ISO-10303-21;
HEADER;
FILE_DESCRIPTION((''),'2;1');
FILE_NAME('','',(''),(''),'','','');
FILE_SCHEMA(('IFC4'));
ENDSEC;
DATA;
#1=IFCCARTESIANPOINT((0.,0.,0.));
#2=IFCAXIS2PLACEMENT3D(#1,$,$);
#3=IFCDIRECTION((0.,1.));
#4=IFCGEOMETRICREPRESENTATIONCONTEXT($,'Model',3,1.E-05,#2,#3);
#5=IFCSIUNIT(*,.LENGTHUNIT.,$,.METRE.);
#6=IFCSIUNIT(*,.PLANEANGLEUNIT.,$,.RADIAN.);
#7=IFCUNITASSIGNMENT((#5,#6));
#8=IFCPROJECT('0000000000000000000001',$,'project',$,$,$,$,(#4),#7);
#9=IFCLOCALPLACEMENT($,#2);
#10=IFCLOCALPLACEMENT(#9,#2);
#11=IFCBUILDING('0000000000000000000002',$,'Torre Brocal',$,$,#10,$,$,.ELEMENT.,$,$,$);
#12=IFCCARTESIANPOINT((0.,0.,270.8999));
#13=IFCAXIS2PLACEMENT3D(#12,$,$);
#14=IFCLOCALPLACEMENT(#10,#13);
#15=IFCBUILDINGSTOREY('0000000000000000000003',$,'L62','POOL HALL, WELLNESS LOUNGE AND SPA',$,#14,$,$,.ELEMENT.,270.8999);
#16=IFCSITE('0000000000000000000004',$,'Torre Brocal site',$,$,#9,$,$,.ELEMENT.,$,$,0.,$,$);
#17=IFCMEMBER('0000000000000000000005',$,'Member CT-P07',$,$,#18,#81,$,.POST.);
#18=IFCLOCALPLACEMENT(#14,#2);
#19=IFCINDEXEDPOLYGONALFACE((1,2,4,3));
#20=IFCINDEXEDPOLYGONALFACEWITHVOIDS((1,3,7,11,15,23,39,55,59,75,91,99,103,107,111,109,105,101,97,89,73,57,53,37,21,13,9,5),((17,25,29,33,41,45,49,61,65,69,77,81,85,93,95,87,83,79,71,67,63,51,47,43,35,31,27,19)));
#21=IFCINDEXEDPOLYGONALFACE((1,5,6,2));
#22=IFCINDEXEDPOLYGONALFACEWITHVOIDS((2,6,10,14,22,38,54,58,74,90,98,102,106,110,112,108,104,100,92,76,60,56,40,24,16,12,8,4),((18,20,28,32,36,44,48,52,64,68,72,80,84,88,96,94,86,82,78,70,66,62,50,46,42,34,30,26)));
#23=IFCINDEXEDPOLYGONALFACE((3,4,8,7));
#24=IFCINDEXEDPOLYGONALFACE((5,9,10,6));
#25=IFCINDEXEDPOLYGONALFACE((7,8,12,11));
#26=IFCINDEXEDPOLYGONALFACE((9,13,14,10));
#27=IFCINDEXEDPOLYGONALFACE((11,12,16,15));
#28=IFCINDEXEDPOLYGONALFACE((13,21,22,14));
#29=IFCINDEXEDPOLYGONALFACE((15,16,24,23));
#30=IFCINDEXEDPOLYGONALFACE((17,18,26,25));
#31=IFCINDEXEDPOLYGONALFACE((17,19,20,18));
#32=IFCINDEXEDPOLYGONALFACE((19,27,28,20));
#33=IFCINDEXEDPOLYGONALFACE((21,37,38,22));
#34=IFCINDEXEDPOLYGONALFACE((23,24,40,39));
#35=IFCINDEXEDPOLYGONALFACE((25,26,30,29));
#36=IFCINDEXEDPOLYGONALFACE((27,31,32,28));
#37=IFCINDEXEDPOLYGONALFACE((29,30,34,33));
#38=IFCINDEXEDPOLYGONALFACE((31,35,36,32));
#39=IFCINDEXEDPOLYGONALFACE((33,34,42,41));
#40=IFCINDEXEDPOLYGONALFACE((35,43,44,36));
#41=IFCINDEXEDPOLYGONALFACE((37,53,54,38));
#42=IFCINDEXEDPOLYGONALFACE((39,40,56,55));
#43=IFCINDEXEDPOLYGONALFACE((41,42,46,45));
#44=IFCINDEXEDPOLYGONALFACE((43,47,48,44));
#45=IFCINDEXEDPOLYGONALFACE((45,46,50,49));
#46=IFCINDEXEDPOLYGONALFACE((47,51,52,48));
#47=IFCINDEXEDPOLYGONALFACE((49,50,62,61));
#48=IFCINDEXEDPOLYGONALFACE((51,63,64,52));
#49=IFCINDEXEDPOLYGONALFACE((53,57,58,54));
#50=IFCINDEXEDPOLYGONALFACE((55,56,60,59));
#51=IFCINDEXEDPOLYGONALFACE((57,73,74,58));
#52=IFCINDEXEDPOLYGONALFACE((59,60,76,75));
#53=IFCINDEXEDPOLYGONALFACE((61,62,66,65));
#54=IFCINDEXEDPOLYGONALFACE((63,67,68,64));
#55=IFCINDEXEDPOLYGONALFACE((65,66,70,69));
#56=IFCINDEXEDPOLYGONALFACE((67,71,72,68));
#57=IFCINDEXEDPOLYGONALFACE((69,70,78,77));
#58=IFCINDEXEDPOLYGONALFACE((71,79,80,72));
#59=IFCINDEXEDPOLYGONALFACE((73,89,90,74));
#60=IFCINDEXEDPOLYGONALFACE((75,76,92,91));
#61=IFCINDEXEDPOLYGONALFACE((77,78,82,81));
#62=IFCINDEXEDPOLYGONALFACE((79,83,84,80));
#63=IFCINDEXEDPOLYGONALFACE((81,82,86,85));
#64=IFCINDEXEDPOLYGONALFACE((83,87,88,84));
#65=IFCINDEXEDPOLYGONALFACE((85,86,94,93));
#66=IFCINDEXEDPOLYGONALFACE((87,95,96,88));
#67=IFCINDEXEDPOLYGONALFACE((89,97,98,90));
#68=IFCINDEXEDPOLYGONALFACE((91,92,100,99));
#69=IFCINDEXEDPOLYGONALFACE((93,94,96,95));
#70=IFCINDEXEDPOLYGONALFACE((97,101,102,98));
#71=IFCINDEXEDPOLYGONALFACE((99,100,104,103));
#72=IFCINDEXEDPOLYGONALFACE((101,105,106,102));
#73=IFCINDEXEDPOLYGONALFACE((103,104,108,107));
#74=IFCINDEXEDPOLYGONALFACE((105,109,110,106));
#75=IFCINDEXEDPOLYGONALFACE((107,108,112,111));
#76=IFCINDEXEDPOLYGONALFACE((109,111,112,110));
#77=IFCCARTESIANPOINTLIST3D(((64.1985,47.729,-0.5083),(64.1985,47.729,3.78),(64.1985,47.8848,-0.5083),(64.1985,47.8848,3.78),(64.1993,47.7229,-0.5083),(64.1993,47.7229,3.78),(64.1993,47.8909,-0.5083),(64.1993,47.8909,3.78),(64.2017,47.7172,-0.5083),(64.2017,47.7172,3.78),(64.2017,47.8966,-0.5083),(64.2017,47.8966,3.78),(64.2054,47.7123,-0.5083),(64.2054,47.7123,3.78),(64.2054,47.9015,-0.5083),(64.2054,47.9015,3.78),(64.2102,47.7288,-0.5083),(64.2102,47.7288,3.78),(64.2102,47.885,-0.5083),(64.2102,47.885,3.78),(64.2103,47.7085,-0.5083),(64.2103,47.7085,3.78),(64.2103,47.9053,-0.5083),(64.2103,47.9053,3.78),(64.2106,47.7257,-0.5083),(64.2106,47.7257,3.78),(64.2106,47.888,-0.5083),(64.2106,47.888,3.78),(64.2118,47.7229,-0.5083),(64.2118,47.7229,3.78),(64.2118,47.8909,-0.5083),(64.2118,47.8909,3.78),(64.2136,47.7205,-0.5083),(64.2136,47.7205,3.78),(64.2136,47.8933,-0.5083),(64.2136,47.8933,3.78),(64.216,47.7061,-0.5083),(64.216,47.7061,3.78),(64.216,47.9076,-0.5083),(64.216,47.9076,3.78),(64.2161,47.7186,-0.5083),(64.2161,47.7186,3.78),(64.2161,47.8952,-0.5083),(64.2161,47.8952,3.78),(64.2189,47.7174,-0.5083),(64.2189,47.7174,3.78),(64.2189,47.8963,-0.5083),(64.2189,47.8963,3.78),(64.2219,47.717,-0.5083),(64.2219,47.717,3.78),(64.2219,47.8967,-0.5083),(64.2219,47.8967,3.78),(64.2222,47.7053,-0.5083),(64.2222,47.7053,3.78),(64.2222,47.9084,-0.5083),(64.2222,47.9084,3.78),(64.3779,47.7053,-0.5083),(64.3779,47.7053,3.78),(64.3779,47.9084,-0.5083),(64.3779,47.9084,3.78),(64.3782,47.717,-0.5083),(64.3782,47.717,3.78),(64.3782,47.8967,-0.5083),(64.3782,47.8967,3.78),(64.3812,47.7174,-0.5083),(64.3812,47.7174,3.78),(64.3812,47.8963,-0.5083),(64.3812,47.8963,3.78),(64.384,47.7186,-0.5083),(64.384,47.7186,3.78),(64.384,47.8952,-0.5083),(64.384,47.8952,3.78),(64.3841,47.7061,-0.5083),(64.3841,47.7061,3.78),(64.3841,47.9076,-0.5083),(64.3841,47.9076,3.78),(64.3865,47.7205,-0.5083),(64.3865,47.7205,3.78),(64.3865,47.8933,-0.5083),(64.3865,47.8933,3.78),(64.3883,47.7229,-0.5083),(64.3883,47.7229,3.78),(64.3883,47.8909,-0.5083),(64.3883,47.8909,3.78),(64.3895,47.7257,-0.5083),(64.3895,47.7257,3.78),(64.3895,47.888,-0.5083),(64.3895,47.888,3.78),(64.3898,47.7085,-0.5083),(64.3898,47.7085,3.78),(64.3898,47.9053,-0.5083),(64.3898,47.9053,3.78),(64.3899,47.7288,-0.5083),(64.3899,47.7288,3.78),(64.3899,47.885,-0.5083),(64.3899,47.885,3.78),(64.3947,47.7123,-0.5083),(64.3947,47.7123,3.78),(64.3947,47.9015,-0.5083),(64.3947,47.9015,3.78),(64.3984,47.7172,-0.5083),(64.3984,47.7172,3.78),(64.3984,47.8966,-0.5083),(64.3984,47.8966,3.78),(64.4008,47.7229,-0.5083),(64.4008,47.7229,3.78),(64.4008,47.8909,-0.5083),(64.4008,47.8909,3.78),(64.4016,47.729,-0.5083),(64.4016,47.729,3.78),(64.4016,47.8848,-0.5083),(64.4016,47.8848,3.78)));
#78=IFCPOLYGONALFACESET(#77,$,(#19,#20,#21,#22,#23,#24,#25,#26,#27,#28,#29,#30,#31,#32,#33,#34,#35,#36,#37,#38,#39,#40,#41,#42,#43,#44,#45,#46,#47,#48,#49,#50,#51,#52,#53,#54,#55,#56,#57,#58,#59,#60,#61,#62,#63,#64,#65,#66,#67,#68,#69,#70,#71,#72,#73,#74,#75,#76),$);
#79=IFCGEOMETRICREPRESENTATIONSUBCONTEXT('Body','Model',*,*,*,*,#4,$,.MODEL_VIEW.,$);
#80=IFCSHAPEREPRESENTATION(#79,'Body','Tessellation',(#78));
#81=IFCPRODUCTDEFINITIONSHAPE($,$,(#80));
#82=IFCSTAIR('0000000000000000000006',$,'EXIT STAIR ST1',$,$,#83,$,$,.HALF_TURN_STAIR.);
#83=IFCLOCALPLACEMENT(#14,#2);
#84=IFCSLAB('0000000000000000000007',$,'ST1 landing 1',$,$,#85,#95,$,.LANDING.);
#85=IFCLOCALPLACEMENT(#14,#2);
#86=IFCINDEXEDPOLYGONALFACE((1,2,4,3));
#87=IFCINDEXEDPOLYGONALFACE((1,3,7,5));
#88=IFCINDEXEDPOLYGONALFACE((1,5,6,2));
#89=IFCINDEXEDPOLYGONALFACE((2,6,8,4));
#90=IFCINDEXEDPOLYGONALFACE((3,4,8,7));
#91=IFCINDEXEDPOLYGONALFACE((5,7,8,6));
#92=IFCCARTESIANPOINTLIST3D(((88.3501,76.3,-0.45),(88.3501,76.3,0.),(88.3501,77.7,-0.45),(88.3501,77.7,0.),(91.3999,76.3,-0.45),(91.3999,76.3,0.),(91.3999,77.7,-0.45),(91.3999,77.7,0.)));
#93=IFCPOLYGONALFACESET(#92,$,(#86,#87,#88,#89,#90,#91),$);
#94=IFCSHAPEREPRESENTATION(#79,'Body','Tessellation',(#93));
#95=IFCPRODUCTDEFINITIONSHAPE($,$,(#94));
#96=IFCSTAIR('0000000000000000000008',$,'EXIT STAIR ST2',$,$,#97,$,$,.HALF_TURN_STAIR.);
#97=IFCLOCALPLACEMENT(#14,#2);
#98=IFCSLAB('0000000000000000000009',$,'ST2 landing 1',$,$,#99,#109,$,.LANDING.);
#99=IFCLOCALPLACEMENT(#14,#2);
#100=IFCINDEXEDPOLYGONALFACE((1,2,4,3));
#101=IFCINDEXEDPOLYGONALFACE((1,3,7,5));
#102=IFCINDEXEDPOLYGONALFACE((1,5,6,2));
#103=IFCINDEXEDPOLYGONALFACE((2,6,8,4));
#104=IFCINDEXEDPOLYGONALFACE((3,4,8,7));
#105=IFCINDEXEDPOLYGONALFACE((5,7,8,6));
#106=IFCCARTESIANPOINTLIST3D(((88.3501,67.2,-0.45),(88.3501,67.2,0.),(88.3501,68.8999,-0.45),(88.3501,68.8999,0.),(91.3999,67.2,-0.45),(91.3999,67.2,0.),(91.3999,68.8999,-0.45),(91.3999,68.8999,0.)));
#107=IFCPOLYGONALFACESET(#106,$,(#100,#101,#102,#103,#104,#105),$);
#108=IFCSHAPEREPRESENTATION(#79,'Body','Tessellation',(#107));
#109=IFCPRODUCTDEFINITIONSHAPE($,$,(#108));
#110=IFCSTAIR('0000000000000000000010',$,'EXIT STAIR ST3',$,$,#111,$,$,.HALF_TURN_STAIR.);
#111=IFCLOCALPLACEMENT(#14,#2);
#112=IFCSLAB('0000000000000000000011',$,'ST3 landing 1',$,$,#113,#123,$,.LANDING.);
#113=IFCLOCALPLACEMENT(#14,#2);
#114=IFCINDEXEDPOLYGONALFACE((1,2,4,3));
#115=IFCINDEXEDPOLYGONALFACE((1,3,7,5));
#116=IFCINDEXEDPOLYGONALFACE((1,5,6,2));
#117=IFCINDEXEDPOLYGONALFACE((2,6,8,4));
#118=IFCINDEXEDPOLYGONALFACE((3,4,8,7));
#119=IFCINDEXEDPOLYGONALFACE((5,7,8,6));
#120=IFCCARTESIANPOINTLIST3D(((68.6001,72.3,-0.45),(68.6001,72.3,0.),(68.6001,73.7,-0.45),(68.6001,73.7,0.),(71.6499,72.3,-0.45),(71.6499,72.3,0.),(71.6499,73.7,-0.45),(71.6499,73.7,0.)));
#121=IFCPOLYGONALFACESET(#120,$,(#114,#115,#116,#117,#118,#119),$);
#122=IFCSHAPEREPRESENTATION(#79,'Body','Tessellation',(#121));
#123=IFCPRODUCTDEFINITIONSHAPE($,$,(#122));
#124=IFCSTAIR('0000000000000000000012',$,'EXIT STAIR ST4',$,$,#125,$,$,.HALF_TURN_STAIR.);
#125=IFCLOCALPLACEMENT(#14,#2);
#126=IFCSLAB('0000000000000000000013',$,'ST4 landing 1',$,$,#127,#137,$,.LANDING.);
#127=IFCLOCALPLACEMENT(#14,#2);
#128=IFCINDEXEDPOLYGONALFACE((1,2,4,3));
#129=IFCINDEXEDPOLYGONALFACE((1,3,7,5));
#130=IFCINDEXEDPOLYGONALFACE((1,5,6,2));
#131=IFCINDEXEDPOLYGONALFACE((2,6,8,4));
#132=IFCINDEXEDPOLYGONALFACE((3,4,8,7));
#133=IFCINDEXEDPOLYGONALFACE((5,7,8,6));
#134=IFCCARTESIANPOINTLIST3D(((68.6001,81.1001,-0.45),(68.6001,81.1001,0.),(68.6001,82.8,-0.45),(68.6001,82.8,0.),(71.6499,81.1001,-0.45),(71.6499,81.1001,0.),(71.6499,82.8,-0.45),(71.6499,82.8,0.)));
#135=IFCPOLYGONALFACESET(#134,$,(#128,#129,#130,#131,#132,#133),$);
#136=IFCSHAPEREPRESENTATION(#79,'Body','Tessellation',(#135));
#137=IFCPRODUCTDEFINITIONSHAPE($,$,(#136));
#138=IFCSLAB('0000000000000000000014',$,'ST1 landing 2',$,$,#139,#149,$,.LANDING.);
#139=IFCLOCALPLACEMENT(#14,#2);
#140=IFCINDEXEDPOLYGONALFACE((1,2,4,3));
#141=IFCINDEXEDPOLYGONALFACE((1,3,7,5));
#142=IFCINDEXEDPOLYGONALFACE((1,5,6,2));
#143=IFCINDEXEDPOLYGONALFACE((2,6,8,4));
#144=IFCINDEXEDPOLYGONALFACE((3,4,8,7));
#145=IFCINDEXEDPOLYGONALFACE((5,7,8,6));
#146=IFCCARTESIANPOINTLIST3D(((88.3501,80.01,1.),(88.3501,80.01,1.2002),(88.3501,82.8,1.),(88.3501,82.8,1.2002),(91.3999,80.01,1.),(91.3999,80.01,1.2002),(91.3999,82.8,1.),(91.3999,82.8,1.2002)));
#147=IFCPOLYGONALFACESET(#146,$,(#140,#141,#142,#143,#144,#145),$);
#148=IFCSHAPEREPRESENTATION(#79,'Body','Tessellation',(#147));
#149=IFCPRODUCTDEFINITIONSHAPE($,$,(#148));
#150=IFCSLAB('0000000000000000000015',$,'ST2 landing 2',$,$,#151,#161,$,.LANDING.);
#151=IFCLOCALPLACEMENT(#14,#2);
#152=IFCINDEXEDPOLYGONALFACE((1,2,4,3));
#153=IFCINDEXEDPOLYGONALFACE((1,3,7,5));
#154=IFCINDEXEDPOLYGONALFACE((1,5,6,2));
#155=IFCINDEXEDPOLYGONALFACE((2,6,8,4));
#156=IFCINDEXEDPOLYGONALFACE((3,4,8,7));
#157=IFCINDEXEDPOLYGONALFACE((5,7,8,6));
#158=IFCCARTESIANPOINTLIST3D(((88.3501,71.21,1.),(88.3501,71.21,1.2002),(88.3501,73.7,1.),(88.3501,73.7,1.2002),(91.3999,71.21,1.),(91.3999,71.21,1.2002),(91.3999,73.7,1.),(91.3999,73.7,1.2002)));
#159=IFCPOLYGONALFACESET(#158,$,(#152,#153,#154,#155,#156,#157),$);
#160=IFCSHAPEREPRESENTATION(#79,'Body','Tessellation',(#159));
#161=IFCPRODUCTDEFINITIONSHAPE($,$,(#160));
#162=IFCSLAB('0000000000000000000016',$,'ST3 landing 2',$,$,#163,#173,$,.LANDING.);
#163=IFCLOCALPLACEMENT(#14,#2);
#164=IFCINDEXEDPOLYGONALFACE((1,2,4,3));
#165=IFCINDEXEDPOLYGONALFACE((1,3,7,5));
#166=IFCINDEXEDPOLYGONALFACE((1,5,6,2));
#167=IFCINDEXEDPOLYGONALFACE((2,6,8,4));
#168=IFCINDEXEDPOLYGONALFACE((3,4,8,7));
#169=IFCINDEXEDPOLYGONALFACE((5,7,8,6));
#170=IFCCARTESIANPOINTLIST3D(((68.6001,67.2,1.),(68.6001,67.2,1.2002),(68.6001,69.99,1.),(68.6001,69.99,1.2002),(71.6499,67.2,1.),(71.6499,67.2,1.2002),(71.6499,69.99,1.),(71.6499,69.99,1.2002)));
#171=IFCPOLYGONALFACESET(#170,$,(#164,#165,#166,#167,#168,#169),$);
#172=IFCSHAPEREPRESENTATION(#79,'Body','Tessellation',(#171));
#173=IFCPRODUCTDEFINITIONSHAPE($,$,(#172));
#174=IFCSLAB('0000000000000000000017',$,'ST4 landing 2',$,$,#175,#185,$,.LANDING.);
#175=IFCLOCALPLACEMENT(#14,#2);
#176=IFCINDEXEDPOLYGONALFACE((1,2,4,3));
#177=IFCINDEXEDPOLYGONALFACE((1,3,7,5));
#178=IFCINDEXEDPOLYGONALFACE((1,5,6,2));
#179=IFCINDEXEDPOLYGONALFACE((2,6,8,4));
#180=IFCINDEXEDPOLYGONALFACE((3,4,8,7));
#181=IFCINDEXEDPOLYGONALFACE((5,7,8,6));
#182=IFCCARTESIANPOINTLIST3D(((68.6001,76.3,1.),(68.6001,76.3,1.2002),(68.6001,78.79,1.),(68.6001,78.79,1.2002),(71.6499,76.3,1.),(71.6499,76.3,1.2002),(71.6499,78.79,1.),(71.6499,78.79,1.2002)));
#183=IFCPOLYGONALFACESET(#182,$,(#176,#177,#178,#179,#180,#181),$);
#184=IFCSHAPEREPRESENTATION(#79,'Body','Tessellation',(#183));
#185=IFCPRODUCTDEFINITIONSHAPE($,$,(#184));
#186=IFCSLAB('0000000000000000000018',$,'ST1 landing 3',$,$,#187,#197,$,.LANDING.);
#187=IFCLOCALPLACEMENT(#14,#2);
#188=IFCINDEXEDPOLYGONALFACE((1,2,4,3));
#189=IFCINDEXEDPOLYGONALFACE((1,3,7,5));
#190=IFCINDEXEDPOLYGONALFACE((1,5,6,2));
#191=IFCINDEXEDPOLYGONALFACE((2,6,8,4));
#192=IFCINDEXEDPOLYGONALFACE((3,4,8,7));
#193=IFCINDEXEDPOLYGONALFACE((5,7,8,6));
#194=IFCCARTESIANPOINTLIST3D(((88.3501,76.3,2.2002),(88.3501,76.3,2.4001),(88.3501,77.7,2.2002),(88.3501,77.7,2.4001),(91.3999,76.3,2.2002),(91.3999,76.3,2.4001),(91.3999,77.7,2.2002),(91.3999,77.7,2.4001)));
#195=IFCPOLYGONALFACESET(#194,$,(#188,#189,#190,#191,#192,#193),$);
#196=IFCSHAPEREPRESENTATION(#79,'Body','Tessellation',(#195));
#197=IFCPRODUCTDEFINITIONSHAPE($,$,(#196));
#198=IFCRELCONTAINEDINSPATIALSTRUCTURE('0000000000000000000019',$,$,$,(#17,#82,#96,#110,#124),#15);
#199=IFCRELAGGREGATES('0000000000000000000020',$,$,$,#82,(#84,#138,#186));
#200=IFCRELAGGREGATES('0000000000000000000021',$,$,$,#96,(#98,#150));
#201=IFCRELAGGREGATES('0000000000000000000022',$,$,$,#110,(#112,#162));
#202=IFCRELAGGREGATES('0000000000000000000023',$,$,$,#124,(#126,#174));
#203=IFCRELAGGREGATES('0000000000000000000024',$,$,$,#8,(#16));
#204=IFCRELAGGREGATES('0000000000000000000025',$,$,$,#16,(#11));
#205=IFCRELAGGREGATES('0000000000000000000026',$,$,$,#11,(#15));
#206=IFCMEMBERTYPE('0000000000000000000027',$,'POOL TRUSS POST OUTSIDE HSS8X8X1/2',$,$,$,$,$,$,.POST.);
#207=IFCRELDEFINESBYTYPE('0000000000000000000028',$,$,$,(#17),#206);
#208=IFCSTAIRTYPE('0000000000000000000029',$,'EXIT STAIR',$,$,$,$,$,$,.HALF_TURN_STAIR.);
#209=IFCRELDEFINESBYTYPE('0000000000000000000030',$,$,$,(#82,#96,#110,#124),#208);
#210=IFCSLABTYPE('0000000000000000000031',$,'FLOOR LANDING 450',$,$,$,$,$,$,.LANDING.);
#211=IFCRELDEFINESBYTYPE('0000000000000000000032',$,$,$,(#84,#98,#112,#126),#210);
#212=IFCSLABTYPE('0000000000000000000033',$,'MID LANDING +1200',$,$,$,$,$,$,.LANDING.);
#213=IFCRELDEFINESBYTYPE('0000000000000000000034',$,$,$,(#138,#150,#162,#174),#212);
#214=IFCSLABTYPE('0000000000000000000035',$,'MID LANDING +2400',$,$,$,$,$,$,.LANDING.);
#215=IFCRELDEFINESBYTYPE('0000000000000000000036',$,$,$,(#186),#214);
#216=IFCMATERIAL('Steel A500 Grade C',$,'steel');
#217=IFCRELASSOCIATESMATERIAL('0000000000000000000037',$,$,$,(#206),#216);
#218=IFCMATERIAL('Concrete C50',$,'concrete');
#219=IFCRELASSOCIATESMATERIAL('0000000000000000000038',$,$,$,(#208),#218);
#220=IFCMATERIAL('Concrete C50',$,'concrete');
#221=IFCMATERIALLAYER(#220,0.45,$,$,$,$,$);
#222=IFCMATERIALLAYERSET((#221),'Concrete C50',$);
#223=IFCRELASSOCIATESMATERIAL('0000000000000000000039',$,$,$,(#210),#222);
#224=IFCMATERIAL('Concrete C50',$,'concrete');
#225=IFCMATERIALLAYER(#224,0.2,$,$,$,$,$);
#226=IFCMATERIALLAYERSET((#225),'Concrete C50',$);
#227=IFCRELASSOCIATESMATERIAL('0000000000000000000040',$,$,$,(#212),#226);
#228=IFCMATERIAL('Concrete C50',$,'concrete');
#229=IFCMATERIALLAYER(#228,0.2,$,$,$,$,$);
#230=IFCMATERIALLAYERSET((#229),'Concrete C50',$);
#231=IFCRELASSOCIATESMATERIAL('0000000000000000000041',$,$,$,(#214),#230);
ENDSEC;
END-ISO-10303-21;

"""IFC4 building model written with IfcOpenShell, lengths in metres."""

from ifc_helpers import new_model, si_unit, direction, frame, origin, origin_2d, place, context, subcontext, project, spatial, polyline, hollow_rectangle, outline, extrude, material, layer, layer_set, material_profile, profile_set, type_object, element, aggregate, save


model = new_model("IFC4")

# Units and contexts
model_context = context("Model", 3, precision=1e-05, world=origin(), true_north=direction((0.0, 1.0)))
body_context = subcontext(model_context, "Body", "Model", "MODEL_VIEW")
ifc_project = project(units=[si_unit("LENGTHUNIT", "METRE"), si_unit("PLANEANGLEUNIT", "RADIAN")], contexts=[model_context])

# Site, building, storey
site_placement = place(None, origin())
site = spatial("IfcSite", under=ifc_project, at=site_placement, Name="Torre Brocal site", CompositionType="ELEMENT", RefElevation=0.0)
building_placement = place(site_placement, origin())
building = spatial("IfcBuilding", under=site, at=building_placement, Name="Torre Brocal", CompositionType="ELEMENT")
storey_placement = place(building_placement, frame((0.0, 0.0, 270.8999)))
storey = spatial("IfcBuildingStorey", under=building, at=storey_placement, Name="L62", Description="POOL HALL, WELLNESS LOUNGE AND SPA", CompositionType="ELEMENT", Elevation=270.8999)

# Member
ifc_material_1 = material(Name="Steel A500 Grade C", Category="steel")
ifc_material_profile_1 = material_profile(ifc_material_1, hollow_rectangle(XDim=0.2031, YDim=0.2031, WallThickness=0.0117, InnerFilletRadius=0.0117, OuterFilletRadius=0.0237, at=origin_2d()), Name="HSS8X8X1/2")
ifc_profile_set_1 = profile_set([ifc_material_profile_1], Name="Steel A500 Grade C")
member_type_1 = type_object("IfcMemberType", Name="POOL TRUSS POST OUTSIDE HSS8X8X1/2", PredefinedType="POST", material=ifc_profile_set_1)
for number, where, z_axis, x_axis, name in (
    (1, (64.3, 47.8069, -0.5083), (0.0, 0.0, 1.0), (1.0, 0.0, 0.0), "Member CT-P07"),
):
    element("IfcMember", number, at=place(storey_placement, frame(where, z_axis=z_axis, x_axis=x_axis)), inside=storey, type_object=member_type_1, Name=name, PredefinedType="POST", context=body_context, shape_type="SweptSolid", body=[
        extrude(hollow_rectangle(XDim=0.2031, YDim=0.2031, WallThickness=0.0117, InnerFilletRadius=0.0117, OuterFilletRadius=0.0237, at=origin_2d()), origin(), (0.0, 0.0, 1.0), 4.2883),
    ])

# Stairs, slabs
ifc_material_2 = material(Name="Concrete C50", Category="concrete")
stair_type = type_object("IfcStairType", Name="EXIT STAIR", PredefinedType="HALF_TURN_STAIR", material=ifc_material_2)
stair_1_placement = place(storey_placement, origin())
stair_1 = element("IfcStair", 2, at=stair_1_placement, inside=storey, type_object=stair_type, Name="EXIT STAIR ST1", PredefinedType="HALF_TURN_STAIR")
ifc_material_3 = material(Name="Concrete C50", Category="concrete")
ifc_layer_1 = layer(ifc_material_3, 0.45)
ifc_layer_set_1 = layer_set([ifc_layer_1], Name="Concrete C50")
slab_type_1 = type_object("IfcSlabType", Name="FLOOR LANDING 450", PredefinedType="LANDING", material=ifc_layer_set_1)
slab_1_placement = place(storey_placement, frame((0.0, 0.0, -0.45)))
slab_1 = element("IfcSlab", 3, at=slab_1_placement, type_object=slab_type_1, Name="ST1 landing 1", PredefinedType="LANDING", context=body_context, shape_type="SweptSolid", body=[
    extrude(outline(polyline([(88.3501, 76.3), (91.3999, 76.3), (91.3999, 77.7), (88.3501, 77.7), (88.3501, 76.3)])), origin(), (0.0, 0.0, 1.0), 0.45),
])
stair_2_placement = place(storey_placement, origin())
stair_2 = element("IfcStair", 4, at=stair_2_placement, inside=storey, type_object=stair_type, Name="EXIT STAIR ST2", PredefinedType="HALF_TURN_STAIR")
slab_2_placement = place(storey_placement, frame((0.0, 0.0, -0.45)))
slab_2 = element("IfcSlab", 5, at=slab_2_placement, type_object=slab_type_1, Name="ST2 landing 1", PredefinedType="LANDING", context=body_context, shape_type="SweptSolid", body=[
    extrude(outline(polyline([(88.3501, 67.2), (91.3999, 67.2), (91.3999, 68.8999), (88.3501, 68.8999), (88.3501, 67.2)])), origin(), (0.0, 0.0, 1.0), 0.45),
])
stair_3_placement = place(storey_placement, origin())
stair_3 = element("IfcStair", 6, at=stair_3_placement, inside=storey, type_object=stair_type, Name="EXIT STAIR ST3", PredefinedType="HALF_TURN_STAIR")
slab_3_placement = place(storey_placement, frame((0.0, 0.0, -0.45)))
slab_3 = element("IfcSlab", 7, at=slab_3_placement, type_object=slab_type_1, Name="ST3 landing 1", PredefinedType="LANDING", context=body_context, shape_type="SweptSolid", body=[
    extrude(outline(polyline([(71.6499, 73.7), (68.6001, 73.7), (68.6001, 72.3), (71.6499, 72.3), (71.6499, 73.7)])), origin(), (0.0, 0.0, 1.0), 0.45),
])
stair_4_placement = place(storey_placement, origin())
stair_4 = element("IfcStair", 8, at=stair_4_placement, inside=storey, type_object=stair_type, Name="EXIT STAIR ST4", PredefinedType="HALF_TURN_STAIR")
slab_4_placement = place(storey_placement, frame((0.0, 0.0, -0.45)))
slab_4 = element("IfcSlab", 9, at=slab_4_placement, type_object=slab_type_1, Name="ST4 landing 1", PredefinedType="LANDING", context=body_context, shape_type="SweptSolid", body=[
    extrude(outline(polyline([(71.6499, 82.8), (68.6001, 82.8), (68.6001, 81.1001), (71.6499, 81.1001), (71.6499, 82.8)])), origin(), (0.0, 0.0, 1.0), 0.45),
])

# Slabs
ifc_material_4 = material(Name="Concrete C50", Category="concrete")
ifc_layer_2 = layer(ifc_material_4, 0.2)
ifc_layer_set_2 = layer_set([ifc_layer_2], Name="Concrete C50")
slab_type_2 = type_object("IfcSlabType", Name="MID LANDING +1200", PredefinedType="LANDING", material=ifc_layer_set_2)
slab_5_placement = place(storey_placement, frame((0.0, 0.0, 1.0)))
slab_5 = element("IfcSlab", 10, at=slab_5_placement, type_object=slab_type_2, Name="ST1 landing 2", PredefinedType="LANDING", context=body_context, shape_type="SweptSolid", body=[
    extrude(outline(polyline([(88.3501, 80.01), (91.3999, 80.01), (91.3999, 82.8), (88.3501, 82.8), (88.3501, 80.01)])), origin(), (0.0, 0.0, 1.0), 0.2002),
])
slab_6_placement = place(storey_placement, frame((0.0, 0.0, 1.0)))
slab_6 = element("IfcSlab", 11, at=slab_6_placement, type_object=slab_type_2, Name="ST2 landing 2", PredefinedType="LANDING", context=body_context, shape_type="SweptSolid", body=[
    extrude(outline(polyline([(88.3501, 71.21), (91.3999, 71.21), (91.3999, 73.7), (88.3501, 73.7), (88.3501, 71.21)])), origin(), (0.0, 0.0, 1.0), 0.2002),
])
slab_7_placement = place(storey_placement, frame((0.0, 0.0, 1.0)))
slab_7 = element("IfcSlab", 12, at=slab_7_placement, type_object=slab_type_2, Name="ST3 landing 2", PredefinedType="LANDING", context=body_context, shape_type="SweptSolid", body=[
    extrude(outline(polyline([(71.6499, 69.99), (68.6001, 69.99), (68.6001, 67.2), (71.6499, 67.2), (71.6499, 69.99)])), origin(), (0.0, 0.0, 1.0), 0.2002),
])
slab_8_placement = place(storey_placement, frame((0.0, 0.0, 1.0)))
slab_8 = element("IfcSlab", 13, at=slab_8_placement, type_object=slab_type_2, Name="ST4 landing 2", PredefinedType="LANDING", context=body_context, shape_type="SweptSolid", body=[
    extrude(outline(polyline([(71.6499, 78.79), (68.6001, 78.79), (68.6001, 76.3), (71.6499, 76.3), (71.6499, 78.79)])), origin(), (0.0, 0.0, 1.0), 0.2002),
])
ifc_material_5 = material(Name="Concrete C50", Category="concrete")
ifc_layer_3 = layer(ifc_material_5, 0.2)
ifc_layer_set_3 = layer_set([ifc_layer_3], Name="Concrete C50")
slab_type_3 = type_object("IfcSlabType", Name="MID LANDING +2400", PredefinedType="LANDING", material=ifc_layer_set_3)
slab_9_placement = place(storey_placement, frame((0.0, 0.0, 2.2002)))
slab_9 = element("IfcSlab", 14, at=slab_9_placement, type_object=slab_type_3, Name="ST1 landing 3", PredefinedType="LANDING", context=body_context, shape_type="SweptSolid", body=[
    extrude(outline(polyline([(88.3501, 76.3), (91.3999, 76.3), (91.3999, 77.7), (88.3501, 77.7), (88.3501, 76.3)])), origin(), (0.0, 0.0, 1.0), 0.2),
])
aggregate(stair_1, [slab_1, slab_5, slab_9])
aggregate(stair_2, [slab_2, slab_6])
aggregate(stair_3, [slab_3, slab_7])
aggregate(stair_4, [slab_4, slab_8])

save(model, "model.ifc")
